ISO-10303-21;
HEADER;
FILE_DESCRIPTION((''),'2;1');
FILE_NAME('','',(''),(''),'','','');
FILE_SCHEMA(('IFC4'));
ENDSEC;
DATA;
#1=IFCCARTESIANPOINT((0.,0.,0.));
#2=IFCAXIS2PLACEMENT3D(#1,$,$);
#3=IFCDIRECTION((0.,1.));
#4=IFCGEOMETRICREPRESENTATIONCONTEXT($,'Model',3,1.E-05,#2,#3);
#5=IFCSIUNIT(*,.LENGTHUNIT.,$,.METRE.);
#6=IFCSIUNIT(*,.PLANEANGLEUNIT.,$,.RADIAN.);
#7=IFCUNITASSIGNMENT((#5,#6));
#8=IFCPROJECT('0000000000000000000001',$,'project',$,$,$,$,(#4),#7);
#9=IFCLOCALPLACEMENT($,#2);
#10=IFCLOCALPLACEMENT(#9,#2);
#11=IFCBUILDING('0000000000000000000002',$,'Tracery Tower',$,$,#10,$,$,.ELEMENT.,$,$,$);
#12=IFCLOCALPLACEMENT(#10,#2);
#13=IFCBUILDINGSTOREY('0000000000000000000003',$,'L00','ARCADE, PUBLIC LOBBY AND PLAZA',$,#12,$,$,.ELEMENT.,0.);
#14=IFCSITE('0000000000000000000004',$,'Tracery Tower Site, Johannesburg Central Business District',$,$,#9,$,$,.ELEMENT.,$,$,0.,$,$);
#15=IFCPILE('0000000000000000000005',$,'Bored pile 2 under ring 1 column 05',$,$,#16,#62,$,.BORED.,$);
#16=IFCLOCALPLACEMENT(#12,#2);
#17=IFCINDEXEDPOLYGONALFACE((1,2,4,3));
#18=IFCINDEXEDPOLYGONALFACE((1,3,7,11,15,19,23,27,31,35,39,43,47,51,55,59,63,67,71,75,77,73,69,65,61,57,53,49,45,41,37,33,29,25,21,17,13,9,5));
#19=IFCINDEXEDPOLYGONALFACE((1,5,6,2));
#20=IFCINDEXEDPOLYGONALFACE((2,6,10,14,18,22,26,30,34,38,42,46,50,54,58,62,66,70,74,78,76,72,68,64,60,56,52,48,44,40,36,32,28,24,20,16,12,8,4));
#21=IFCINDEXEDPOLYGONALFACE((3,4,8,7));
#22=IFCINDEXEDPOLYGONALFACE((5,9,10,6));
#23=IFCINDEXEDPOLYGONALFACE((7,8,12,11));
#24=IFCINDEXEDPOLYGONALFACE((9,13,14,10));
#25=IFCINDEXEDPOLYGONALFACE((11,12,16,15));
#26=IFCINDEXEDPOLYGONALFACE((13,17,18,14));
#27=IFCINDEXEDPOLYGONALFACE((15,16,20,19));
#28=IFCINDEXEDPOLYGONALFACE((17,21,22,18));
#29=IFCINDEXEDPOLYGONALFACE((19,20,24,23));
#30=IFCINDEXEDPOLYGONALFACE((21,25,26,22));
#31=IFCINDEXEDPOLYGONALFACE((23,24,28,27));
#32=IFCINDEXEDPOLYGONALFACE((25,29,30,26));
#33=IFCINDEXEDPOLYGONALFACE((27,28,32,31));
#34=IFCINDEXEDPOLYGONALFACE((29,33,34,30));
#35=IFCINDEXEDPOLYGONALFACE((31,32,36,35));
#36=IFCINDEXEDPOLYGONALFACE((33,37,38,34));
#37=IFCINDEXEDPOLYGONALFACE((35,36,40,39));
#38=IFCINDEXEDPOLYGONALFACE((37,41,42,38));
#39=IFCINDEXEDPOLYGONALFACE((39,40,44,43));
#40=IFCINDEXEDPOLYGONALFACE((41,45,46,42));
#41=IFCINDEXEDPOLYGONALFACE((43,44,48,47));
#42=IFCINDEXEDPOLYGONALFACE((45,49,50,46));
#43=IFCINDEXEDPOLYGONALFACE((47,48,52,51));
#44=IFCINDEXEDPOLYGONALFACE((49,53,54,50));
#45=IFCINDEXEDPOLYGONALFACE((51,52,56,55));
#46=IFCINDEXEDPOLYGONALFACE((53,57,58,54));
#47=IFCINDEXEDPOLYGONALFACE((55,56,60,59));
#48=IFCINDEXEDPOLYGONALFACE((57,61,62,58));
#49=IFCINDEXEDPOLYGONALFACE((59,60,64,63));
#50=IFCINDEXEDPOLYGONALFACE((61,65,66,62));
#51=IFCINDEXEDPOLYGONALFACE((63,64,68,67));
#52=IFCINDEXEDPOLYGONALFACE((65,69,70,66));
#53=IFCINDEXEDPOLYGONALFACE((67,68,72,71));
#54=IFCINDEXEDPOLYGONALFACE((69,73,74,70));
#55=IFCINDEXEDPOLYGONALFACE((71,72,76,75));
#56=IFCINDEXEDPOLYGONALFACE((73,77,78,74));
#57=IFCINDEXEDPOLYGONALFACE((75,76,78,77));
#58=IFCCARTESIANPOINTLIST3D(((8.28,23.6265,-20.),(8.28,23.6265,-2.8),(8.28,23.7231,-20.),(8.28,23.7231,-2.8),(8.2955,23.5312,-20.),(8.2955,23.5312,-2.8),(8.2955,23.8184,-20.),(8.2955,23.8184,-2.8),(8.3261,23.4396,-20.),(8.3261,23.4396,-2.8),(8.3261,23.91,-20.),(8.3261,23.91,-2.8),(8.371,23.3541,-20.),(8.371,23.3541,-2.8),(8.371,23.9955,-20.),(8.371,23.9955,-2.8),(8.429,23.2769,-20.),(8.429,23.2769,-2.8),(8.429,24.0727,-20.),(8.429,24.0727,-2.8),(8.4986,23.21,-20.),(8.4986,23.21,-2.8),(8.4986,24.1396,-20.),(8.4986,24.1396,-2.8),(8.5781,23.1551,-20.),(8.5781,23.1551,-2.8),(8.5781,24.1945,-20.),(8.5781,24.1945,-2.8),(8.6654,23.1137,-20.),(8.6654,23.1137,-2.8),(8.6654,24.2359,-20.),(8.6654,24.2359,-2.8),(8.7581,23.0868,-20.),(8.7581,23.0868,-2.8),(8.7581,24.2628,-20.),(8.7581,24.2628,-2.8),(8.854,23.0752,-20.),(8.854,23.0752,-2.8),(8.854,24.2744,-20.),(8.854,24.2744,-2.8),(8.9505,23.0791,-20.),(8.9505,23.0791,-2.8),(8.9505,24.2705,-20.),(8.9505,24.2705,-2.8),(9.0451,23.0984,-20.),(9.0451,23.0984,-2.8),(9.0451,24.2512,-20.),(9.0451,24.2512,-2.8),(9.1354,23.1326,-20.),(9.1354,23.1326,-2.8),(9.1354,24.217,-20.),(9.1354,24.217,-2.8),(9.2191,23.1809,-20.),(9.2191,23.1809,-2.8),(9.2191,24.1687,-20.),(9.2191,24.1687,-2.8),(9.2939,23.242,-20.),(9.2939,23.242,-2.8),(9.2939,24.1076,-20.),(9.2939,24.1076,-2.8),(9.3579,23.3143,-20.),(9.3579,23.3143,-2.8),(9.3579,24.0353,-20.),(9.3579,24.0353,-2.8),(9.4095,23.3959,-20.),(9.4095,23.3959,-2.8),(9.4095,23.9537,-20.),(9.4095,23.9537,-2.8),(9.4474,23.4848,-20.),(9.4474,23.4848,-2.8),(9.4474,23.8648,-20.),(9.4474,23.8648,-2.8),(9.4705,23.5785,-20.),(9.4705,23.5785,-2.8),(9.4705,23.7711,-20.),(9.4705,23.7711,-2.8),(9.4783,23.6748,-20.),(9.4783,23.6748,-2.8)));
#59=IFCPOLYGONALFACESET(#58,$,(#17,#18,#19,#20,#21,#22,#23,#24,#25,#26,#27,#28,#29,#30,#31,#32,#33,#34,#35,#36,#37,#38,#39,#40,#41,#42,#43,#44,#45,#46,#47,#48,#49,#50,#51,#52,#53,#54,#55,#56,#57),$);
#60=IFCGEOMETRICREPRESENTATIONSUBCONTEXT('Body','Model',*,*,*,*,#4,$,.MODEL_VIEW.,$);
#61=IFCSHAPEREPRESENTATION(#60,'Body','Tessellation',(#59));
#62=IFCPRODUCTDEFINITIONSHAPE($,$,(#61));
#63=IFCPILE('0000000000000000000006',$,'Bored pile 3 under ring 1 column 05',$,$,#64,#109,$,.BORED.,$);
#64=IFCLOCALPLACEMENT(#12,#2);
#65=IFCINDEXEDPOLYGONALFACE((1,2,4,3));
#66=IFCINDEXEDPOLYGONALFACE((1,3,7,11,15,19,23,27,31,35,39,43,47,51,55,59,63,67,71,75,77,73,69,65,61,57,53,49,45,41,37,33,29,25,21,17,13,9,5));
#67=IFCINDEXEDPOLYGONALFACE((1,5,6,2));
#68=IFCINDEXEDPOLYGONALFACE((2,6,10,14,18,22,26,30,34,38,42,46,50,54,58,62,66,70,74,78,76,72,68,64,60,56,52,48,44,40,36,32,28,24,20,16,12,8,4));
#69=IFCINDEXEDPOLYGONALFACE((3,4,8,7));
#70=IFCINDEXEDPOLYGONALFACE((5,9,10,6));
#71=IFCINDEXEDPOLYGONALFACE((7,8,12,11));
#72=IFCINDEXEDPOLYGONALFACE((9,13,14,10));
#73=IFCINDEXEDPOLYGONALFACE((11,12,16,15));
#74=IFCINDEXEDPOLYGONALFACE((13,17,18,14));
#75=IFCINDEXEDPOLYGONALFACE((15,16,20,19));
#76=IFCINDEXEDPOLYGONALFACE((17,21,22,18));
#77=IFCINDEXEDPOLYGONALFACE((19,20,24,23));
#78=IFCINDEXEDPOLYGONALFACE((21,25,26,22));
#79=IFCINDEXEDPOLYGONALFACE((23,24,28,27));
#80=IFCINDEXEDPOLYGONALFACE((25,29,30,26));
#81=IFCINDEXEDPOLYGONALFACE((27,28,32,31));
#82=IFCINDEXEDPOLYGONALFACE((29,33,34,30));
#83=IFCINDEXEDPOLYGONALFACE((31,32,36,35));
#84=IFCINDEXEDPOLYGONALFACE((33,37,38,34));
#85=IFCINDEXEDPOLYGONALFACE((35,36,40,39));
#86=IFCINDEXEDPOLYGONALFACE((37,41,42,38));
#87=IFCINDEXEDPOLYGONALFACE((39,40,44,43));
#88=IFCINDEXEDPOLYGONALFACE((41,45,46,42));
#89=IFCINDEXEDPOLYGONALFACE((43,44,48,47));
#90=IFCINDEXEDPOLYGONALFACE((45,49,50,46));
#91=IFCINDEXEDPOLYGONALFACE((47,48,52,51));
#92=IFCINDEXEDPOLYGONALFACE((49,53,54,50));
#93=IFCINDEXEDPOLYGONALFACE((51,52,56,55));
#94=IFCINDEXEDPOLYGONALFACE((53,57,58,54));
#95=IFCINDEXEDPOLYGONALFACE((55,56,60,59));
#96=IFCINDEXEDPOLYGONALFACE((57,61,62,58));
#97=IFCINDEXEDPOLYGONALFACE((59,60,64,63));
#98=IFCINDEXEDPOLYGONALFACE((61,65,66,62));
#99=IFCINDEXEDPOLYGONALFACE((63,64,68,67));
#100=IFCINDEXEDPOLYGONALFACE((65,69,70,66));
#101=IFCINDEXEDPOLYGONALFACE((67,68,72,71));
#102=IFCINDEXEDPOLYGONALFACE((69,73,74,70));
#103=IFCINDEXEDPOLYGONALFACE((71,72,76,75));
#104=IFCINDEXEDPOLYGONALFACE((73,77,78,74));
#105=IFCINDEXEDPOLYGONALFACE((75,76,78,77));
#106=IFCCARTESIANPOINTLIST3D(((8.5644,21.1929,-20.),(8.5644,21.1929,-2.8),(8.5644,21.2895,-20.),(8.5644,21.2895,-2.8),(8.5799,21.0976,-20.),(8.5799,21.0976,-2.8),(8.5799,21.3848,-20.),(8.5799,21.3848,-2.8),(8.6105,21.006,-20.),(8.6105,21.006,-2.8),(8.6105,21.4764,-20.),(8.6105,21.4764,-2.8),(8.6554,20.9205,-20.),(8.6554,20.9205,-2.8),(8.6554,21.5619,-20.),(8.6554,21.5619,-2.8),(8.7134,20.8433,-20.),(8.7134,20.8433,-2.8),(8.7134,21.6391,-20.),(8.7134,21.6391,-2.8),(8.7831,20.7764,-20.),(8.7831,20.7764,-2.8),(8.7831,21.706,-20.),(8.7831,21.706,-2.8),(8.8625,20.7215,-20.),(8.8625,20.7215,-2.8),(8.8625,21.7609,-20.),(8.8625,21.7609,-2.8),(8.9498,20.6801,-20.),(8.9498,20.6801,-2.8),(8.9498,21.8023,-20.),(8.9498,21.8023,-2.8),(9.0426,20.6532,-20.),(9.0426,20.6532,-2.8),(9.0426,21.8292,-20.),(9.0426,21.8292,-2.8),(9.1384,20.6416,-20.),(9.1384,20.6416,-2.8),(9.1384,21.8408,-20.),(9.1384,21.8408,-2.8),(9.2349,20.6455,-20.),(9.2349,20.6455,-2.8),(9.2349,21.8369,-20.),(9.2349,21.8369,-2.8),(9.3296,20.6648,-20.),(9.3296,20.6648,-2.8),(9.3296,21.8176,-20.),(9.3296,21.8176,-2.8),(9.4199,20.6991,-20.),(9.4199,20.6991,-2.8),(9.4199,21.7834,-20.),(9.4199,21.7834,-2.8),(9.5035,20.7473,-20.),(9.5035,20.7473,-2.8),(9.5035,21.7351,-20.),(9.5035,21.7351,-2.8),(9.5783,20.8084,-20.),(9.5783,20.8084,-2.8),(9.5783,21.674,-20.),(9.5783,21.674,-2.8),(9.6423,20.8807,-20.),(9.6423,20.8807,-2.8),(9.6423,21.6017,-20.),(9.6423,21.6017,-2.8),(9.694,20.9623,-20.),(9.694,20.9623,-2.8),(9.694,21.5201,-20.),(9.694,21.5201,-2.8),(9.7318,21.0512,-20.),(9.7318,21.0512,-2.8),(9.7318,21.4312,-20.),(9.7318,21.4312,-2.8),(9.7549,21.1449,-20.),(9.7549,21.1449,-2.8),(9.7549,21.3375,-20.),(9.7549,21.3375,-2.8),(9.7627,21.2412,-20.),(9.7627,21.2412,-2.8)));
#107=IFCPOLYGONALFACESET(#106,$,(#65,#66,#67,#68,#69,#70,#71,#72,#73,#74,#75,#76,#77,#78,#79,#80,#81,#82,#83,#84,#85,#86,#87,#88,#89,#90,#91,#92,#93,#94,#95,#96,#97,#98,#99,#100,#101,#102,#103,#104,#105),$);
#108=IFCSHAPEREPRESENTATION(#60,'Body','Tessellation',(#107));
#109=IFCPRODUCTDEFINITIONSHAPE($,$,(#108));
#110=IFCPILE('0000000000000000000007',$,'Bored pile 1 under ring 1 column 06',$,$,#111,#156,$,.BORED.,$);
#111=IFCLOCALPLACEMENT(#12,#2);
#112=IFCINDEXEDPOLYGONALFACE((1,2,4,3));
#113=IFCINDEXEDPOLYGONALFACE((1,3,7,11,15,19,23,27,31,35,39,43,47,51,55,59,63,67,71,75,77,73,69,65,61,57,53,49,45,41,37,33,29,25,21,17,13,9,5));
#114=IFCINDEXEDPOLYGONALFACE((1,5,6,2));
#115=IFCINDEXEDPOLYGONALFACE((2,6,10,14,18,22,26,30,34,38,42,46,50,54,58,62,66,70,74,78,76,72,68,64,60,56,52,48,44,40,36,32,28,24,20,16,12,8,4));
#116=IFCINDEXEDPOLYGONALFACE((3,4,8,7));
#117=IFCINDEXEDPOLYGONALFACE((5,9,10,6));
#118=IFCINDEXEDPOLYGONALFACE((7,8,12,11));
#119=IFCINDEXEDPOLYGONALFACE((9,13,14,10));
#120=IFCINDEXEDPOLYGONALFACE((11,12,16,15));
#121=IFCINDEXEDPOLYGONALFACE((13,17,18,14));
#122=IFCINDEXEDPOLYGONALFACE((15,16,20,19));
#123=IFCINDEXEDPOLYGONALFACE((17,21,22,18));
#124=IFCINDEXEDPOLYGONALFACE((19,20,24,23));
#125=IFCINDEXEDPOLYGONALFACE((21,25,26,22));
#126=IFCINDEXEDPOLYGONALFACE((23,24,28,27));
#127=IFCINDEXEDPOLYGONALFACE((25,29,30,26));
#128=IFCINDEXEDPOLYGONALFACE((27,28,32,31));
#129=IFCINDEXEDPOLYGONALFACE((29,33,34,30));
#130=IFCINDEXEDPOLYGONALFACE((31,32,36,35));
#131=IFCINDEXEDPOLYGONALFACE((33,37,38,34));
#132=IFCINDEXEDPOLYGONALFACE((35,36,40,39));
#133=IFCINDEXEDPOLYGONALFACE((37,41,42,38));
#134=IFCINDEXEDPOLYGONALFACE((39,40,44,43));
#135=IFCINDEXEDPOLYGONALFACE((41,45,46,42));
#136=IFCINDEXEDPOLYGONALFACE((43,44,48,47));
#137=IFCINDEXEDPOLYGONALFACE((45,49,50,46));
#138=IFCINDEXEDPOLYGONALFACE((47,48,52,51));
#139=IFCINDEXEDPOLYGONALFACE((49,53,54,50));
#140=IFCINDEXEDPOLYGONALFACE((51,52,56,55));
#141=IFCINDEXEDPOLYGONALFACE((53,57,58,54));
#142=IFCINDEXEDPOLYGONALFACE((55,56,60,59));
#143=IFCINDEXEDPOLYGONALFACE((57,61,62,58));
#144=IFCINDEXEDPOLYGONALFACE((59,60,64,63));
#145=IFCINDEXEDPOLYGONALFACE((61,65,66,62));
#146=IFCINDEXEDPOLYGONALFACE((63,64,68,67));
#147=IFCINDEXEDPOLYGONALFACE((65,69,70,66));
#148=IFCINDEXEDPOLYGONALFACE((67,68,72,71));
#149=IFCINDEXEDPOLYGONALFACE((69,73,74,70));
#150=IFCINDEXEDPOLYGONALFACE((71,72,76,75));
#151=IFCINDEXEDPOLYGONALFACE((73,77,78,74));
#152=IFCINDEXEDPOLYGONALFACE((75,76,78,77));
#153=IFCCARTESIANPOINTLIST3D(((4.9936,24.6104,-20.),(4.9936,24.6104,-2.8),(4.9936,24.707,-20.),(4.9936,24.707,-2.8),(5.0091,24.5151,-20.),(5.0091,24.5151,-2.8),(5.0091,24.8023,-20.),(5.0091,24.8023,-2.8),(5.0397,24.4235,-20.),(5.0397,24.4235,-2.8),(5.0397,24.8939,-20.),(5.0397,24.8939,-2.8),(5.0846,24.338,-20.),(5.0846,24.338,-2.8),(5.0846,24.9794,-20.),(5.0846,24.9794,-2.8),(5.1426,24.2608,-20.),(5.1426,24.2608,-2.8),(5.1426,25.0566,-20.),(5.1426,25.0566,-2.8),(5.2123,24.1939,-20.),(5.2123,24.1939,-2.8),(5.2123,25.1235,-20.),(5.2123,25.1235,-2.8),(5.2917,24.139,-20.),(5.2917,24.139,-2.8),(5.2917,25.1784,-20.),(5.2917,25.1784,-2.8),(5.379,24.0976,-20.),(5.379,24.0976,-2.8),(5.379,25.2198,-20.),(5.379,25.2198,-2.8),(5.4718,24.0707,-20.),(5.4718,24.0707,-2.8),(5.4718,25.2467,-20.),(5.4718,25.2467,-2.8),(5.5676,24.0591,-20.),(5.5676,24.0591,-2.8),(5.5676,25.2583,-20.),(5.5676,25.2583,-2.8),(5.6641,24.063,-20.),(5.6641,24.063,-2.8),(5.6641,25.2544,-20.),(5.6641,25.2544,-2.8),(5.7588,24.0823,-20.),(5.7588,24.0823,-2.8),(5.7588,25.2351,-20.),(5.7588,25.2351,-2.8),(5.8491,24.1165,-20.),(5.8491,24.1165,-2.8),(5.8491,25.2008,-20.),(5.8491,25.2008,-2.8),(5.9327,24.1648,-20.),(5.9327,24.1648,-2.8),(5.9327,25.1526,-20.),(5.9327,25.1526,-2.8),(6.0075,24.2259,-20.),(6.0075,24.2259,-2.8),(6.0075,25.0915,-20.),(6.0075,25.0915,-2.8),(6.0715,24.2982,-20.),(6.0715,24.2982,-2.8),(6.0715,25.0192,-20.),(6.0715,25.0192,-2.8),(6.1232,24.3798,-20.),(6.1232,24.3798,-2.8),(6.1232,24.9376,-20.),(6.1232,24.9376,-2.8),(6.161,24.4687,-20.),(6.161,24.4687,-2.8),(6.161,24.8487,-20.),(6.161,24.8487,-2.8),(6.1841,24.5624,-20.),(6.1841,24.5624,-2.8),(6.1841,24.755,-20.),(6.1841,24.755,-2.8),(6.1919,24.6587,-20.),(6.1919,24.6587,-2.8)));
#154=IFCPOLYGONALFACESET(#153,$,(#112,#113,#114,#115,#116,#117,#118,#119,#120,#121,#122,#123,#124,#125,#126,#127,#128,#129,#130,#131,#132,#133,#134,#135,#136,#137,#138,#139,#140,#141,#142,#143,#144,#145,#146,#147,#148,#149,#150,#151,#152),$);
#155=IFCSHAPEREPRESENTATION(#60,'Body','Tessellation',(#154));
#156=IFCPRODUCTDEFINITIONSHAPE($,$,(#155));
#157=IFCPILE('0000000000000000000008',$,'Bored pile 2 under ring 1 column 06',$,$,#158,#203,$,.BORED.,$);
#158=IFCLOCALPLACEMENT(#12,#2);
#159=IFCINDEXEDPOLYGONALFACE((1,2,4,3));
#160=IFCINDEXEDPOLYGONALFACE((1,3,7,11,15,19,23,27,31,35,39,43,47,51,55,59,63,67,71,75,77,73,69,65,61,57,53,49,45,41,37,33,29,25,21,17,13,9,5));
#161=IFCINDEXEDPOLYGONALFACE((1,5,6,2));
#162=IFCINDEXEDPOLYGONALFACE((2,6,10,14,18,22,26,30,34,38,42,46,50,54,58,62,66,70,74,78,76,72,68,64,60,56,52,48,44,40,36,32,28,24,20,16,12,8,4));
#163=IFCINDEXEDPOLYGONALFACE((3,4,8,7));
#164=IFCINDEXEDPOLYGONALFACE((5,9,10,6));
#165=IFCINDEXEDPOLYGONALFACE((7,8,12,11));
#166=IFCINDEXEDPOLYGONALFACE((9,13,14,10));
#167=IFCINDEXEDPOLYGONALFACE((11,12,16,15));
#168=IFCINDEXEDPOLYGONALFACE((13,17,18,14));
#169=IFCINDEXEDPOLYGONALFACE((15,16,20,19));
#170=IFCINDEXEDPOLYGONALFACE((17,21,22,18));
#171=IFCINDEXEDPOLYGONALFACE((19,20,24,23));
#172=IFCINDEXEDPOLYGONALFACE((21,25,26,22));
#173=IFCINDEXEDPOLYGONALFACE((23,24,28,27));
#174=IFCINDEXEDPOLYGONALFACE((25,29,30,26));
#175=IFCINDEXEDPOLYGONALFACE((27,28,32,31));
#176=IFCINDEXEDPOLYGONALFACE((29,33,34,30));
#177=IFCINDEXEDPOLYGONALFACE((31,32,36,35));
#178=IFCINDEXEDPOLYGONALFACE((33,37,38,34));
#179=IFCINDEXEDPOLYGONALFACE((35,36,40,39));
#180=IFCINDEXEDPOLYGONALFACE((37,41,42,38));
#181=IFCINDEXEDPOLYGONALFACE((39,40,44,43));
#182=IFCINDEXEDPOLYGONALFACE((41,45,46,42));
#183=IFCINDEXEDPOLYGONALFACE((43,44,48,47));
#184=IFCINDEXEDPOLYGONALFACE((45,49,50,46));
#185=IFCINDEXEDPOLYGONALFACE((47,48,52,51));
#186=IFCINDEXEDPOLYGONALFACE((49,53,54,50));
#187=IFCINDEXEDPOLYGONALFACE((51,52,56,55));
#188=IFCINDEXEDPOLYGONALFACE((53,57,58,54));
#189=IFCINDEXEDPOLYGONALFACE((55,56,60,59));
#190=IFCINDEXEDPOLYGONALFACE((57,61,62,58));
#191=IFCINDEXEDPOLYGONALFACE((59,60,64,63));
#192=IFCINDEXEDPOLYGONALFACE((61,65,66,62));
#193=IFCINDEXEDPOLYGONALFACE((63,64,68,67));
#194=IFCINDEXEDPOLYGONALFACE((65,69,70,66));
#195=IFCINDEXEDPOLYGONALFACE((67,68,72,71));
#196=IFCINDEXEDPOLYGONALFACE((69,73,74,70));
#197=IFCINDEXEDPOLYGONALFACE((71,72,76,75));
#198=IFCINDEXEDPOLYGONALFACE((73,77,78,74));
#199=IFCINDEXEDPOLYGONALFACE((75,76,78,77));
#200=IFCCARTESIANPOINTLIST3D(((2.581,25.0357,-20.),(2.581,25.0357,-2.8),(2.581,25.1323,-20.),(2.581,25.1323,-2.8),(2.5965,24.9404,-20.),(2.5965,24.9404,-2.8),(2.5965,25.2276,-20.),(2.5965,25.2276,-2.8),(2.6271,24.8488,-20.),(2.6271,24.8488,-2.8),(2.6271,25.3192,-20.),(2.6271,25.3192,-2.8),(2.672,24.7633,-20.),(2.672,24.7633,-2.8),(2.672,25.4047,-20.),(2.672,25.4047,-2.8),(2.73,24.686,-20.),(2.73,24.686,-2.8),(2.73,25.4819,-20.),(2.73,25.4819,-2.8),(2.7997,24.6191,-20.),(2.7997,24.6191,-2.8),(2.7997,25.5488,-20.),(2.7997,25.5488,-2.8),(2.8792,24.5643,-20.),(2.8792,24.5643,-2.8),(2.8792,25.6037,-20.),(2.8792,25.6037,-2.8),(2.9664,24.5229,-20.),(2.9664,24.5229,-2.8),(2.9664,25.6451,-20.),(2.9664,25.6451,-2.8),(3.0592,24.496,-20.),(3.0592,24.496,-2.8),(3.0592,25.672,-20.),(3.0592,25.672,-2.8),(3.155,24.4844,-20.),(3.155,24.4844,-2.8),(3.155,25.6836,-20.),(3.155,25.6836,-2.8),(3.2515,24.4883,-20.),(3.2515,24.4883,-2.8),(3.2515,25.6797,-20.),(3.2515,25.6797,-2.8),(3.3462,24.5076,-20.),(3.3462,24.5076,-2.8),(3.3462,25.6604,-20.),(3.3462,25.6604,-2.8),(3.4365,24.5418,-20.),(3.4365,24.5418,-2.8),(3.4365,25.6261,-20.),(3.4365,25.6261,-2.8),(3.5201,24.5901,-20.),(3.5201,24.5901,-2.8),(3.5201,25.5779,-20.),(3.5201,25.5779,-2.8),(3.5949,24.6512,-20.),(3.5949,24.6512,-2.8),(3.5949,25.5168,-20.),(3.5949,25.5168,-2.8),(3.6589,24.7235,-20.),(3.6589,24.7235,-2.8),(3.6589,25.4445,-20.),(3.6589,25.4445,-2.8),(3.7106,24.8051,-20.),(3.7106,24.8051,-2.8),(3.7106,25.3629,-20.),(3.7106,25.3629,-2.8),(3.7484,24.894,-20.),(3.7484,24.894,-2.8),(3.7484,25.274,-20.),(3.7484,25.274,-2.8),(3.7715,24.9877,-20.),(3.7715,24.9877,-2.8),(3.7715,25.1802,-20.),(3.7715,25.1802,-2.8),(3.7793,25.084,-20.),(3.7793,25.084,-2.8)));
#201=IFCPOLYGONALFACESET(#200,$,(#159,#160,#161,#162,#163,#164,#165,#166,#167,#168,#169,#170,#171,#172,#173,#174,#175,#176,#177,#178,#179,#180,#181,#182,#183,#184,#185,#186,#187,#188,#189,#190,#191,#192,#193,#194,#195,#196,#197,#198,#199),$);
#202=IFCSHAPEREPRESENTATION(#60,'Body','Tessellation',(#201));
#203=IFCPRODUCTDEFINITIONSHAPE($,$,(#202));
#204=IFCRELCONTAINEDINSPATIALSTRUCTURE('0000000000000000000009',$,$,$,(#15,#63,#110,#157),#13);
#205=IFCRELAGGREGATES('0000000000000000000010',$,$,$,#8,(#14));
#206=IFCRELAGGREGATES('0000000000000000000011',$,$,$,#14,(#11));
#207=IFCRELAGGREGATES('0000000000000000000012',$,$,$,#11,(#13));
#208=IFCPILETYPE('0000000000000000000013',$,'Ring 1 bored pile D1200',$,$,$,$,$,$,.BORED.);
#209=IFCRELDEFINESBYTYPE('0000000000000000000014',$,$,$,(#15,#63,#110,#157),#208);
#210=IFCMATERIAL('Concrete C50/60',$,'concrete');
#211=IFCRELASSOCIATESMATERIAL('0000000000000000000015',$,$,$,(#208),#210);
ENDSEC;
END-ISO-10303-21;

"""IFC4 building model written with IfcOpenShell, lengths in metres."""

from ifc_helpers import new_model, si_unit, direction, frame, origin, origin_2d, place, context, subcontext, project, spatial, circle, extrude, material, material_profile, profile_set, type_object, element, save


model = new_model("IFC4")

# Units and contexts
model_context = context("Model", 3, precision=1e-05, world=origin(), true_north=direction((0.0, 1.0)))
body_context = subcontext(model_context, "Body", "Model", "MODEL_VIEW")
ifc_project = project(units=[si_unit("LENGTHUNIT", "METRE"), si_unit("PLANEANGLEUNIT", "RADIAN")], contexts=[model_context])

# Site, building, storey
site_placement = place(None, origin())
site = spatial("IfcSite", under=ifc_project, at=site_placement, Name="Tracery Tower Site, Johannesburg Central Business District", CompositionType="ELEMENT", RefElevation=0.0)
building_placement = place(site_placement, origin())
building = spatial("IfcBuilding", under=site, at=building_placement, Name="Tracery Tower", CompositionType="ELEMENT")
storey_placement = place(building_placement, origin())
storey = spatial("IfcBuildingStorey", under=building, at=storey_placement, Name="L00", Description="ARCADE, PUBLIC LOBBY AND PLAZA", CompositionType="ELEMENT", Elevation=0.0)

# Piles
ifc_material_1 = material(Name="Concrete C50/60", Category="concrete")
ifc_material_profile_1 = material_profile(ifc_material_1, circle(Radius=0.6001, at=origin_2d()), Name="RC D1200")
ifc_profile_set_1 = profile_set([ifc_material_profile_1], Name="Concrete C50/60")
pile_type_1 = type_object("IfcPileType", Name="Ring 1 bored pile D1200", PredefinedType="BORED", material=ifc_profile_set_1)
for number, where, z_axis, x_axis, name in (
    (1, (8.8782, 23.6748, -2.8), (0.0, 0.0, -1.0), (1.0, 0.0, 0.0), "Bored pile 2 under ring 1 column 05"),
    (2, (9.1626, 21.2412, -2.8), (0.0, 0.0, -1.0), (1.0, 0.0, 0.0), "Bored pile 3 under ring 1 column 05"),
    (3, (5.5918, 24.6587, -2.8), (0.0, 0.0, -1.0), (1.0, 0.0, 0.0), "Bored pile 1 under ring 1 column 06"),
    (4, (3.1792, 25.084, -2.8), (0.0, 0.0, -1.0), (1.0, 0.0, 0.0), "Bored pile 2 under ring 1 column 06"),
):
    element("IfcPile", number, at=place(storey_placement, frame(where, z_axis=z_axis, x_axis=x_axis)), inside=storey, type_object=pile_type_1, Name=name, PredefinedType="BORED", context=body_context, shape_type="SweptSolid", body=[
        extrude(circle(Radius=0.6001, at=origin_2d()), origin(), (0.0, 0.0, 1.0), 17.2),
    ])

save(model, "model.ifc")
